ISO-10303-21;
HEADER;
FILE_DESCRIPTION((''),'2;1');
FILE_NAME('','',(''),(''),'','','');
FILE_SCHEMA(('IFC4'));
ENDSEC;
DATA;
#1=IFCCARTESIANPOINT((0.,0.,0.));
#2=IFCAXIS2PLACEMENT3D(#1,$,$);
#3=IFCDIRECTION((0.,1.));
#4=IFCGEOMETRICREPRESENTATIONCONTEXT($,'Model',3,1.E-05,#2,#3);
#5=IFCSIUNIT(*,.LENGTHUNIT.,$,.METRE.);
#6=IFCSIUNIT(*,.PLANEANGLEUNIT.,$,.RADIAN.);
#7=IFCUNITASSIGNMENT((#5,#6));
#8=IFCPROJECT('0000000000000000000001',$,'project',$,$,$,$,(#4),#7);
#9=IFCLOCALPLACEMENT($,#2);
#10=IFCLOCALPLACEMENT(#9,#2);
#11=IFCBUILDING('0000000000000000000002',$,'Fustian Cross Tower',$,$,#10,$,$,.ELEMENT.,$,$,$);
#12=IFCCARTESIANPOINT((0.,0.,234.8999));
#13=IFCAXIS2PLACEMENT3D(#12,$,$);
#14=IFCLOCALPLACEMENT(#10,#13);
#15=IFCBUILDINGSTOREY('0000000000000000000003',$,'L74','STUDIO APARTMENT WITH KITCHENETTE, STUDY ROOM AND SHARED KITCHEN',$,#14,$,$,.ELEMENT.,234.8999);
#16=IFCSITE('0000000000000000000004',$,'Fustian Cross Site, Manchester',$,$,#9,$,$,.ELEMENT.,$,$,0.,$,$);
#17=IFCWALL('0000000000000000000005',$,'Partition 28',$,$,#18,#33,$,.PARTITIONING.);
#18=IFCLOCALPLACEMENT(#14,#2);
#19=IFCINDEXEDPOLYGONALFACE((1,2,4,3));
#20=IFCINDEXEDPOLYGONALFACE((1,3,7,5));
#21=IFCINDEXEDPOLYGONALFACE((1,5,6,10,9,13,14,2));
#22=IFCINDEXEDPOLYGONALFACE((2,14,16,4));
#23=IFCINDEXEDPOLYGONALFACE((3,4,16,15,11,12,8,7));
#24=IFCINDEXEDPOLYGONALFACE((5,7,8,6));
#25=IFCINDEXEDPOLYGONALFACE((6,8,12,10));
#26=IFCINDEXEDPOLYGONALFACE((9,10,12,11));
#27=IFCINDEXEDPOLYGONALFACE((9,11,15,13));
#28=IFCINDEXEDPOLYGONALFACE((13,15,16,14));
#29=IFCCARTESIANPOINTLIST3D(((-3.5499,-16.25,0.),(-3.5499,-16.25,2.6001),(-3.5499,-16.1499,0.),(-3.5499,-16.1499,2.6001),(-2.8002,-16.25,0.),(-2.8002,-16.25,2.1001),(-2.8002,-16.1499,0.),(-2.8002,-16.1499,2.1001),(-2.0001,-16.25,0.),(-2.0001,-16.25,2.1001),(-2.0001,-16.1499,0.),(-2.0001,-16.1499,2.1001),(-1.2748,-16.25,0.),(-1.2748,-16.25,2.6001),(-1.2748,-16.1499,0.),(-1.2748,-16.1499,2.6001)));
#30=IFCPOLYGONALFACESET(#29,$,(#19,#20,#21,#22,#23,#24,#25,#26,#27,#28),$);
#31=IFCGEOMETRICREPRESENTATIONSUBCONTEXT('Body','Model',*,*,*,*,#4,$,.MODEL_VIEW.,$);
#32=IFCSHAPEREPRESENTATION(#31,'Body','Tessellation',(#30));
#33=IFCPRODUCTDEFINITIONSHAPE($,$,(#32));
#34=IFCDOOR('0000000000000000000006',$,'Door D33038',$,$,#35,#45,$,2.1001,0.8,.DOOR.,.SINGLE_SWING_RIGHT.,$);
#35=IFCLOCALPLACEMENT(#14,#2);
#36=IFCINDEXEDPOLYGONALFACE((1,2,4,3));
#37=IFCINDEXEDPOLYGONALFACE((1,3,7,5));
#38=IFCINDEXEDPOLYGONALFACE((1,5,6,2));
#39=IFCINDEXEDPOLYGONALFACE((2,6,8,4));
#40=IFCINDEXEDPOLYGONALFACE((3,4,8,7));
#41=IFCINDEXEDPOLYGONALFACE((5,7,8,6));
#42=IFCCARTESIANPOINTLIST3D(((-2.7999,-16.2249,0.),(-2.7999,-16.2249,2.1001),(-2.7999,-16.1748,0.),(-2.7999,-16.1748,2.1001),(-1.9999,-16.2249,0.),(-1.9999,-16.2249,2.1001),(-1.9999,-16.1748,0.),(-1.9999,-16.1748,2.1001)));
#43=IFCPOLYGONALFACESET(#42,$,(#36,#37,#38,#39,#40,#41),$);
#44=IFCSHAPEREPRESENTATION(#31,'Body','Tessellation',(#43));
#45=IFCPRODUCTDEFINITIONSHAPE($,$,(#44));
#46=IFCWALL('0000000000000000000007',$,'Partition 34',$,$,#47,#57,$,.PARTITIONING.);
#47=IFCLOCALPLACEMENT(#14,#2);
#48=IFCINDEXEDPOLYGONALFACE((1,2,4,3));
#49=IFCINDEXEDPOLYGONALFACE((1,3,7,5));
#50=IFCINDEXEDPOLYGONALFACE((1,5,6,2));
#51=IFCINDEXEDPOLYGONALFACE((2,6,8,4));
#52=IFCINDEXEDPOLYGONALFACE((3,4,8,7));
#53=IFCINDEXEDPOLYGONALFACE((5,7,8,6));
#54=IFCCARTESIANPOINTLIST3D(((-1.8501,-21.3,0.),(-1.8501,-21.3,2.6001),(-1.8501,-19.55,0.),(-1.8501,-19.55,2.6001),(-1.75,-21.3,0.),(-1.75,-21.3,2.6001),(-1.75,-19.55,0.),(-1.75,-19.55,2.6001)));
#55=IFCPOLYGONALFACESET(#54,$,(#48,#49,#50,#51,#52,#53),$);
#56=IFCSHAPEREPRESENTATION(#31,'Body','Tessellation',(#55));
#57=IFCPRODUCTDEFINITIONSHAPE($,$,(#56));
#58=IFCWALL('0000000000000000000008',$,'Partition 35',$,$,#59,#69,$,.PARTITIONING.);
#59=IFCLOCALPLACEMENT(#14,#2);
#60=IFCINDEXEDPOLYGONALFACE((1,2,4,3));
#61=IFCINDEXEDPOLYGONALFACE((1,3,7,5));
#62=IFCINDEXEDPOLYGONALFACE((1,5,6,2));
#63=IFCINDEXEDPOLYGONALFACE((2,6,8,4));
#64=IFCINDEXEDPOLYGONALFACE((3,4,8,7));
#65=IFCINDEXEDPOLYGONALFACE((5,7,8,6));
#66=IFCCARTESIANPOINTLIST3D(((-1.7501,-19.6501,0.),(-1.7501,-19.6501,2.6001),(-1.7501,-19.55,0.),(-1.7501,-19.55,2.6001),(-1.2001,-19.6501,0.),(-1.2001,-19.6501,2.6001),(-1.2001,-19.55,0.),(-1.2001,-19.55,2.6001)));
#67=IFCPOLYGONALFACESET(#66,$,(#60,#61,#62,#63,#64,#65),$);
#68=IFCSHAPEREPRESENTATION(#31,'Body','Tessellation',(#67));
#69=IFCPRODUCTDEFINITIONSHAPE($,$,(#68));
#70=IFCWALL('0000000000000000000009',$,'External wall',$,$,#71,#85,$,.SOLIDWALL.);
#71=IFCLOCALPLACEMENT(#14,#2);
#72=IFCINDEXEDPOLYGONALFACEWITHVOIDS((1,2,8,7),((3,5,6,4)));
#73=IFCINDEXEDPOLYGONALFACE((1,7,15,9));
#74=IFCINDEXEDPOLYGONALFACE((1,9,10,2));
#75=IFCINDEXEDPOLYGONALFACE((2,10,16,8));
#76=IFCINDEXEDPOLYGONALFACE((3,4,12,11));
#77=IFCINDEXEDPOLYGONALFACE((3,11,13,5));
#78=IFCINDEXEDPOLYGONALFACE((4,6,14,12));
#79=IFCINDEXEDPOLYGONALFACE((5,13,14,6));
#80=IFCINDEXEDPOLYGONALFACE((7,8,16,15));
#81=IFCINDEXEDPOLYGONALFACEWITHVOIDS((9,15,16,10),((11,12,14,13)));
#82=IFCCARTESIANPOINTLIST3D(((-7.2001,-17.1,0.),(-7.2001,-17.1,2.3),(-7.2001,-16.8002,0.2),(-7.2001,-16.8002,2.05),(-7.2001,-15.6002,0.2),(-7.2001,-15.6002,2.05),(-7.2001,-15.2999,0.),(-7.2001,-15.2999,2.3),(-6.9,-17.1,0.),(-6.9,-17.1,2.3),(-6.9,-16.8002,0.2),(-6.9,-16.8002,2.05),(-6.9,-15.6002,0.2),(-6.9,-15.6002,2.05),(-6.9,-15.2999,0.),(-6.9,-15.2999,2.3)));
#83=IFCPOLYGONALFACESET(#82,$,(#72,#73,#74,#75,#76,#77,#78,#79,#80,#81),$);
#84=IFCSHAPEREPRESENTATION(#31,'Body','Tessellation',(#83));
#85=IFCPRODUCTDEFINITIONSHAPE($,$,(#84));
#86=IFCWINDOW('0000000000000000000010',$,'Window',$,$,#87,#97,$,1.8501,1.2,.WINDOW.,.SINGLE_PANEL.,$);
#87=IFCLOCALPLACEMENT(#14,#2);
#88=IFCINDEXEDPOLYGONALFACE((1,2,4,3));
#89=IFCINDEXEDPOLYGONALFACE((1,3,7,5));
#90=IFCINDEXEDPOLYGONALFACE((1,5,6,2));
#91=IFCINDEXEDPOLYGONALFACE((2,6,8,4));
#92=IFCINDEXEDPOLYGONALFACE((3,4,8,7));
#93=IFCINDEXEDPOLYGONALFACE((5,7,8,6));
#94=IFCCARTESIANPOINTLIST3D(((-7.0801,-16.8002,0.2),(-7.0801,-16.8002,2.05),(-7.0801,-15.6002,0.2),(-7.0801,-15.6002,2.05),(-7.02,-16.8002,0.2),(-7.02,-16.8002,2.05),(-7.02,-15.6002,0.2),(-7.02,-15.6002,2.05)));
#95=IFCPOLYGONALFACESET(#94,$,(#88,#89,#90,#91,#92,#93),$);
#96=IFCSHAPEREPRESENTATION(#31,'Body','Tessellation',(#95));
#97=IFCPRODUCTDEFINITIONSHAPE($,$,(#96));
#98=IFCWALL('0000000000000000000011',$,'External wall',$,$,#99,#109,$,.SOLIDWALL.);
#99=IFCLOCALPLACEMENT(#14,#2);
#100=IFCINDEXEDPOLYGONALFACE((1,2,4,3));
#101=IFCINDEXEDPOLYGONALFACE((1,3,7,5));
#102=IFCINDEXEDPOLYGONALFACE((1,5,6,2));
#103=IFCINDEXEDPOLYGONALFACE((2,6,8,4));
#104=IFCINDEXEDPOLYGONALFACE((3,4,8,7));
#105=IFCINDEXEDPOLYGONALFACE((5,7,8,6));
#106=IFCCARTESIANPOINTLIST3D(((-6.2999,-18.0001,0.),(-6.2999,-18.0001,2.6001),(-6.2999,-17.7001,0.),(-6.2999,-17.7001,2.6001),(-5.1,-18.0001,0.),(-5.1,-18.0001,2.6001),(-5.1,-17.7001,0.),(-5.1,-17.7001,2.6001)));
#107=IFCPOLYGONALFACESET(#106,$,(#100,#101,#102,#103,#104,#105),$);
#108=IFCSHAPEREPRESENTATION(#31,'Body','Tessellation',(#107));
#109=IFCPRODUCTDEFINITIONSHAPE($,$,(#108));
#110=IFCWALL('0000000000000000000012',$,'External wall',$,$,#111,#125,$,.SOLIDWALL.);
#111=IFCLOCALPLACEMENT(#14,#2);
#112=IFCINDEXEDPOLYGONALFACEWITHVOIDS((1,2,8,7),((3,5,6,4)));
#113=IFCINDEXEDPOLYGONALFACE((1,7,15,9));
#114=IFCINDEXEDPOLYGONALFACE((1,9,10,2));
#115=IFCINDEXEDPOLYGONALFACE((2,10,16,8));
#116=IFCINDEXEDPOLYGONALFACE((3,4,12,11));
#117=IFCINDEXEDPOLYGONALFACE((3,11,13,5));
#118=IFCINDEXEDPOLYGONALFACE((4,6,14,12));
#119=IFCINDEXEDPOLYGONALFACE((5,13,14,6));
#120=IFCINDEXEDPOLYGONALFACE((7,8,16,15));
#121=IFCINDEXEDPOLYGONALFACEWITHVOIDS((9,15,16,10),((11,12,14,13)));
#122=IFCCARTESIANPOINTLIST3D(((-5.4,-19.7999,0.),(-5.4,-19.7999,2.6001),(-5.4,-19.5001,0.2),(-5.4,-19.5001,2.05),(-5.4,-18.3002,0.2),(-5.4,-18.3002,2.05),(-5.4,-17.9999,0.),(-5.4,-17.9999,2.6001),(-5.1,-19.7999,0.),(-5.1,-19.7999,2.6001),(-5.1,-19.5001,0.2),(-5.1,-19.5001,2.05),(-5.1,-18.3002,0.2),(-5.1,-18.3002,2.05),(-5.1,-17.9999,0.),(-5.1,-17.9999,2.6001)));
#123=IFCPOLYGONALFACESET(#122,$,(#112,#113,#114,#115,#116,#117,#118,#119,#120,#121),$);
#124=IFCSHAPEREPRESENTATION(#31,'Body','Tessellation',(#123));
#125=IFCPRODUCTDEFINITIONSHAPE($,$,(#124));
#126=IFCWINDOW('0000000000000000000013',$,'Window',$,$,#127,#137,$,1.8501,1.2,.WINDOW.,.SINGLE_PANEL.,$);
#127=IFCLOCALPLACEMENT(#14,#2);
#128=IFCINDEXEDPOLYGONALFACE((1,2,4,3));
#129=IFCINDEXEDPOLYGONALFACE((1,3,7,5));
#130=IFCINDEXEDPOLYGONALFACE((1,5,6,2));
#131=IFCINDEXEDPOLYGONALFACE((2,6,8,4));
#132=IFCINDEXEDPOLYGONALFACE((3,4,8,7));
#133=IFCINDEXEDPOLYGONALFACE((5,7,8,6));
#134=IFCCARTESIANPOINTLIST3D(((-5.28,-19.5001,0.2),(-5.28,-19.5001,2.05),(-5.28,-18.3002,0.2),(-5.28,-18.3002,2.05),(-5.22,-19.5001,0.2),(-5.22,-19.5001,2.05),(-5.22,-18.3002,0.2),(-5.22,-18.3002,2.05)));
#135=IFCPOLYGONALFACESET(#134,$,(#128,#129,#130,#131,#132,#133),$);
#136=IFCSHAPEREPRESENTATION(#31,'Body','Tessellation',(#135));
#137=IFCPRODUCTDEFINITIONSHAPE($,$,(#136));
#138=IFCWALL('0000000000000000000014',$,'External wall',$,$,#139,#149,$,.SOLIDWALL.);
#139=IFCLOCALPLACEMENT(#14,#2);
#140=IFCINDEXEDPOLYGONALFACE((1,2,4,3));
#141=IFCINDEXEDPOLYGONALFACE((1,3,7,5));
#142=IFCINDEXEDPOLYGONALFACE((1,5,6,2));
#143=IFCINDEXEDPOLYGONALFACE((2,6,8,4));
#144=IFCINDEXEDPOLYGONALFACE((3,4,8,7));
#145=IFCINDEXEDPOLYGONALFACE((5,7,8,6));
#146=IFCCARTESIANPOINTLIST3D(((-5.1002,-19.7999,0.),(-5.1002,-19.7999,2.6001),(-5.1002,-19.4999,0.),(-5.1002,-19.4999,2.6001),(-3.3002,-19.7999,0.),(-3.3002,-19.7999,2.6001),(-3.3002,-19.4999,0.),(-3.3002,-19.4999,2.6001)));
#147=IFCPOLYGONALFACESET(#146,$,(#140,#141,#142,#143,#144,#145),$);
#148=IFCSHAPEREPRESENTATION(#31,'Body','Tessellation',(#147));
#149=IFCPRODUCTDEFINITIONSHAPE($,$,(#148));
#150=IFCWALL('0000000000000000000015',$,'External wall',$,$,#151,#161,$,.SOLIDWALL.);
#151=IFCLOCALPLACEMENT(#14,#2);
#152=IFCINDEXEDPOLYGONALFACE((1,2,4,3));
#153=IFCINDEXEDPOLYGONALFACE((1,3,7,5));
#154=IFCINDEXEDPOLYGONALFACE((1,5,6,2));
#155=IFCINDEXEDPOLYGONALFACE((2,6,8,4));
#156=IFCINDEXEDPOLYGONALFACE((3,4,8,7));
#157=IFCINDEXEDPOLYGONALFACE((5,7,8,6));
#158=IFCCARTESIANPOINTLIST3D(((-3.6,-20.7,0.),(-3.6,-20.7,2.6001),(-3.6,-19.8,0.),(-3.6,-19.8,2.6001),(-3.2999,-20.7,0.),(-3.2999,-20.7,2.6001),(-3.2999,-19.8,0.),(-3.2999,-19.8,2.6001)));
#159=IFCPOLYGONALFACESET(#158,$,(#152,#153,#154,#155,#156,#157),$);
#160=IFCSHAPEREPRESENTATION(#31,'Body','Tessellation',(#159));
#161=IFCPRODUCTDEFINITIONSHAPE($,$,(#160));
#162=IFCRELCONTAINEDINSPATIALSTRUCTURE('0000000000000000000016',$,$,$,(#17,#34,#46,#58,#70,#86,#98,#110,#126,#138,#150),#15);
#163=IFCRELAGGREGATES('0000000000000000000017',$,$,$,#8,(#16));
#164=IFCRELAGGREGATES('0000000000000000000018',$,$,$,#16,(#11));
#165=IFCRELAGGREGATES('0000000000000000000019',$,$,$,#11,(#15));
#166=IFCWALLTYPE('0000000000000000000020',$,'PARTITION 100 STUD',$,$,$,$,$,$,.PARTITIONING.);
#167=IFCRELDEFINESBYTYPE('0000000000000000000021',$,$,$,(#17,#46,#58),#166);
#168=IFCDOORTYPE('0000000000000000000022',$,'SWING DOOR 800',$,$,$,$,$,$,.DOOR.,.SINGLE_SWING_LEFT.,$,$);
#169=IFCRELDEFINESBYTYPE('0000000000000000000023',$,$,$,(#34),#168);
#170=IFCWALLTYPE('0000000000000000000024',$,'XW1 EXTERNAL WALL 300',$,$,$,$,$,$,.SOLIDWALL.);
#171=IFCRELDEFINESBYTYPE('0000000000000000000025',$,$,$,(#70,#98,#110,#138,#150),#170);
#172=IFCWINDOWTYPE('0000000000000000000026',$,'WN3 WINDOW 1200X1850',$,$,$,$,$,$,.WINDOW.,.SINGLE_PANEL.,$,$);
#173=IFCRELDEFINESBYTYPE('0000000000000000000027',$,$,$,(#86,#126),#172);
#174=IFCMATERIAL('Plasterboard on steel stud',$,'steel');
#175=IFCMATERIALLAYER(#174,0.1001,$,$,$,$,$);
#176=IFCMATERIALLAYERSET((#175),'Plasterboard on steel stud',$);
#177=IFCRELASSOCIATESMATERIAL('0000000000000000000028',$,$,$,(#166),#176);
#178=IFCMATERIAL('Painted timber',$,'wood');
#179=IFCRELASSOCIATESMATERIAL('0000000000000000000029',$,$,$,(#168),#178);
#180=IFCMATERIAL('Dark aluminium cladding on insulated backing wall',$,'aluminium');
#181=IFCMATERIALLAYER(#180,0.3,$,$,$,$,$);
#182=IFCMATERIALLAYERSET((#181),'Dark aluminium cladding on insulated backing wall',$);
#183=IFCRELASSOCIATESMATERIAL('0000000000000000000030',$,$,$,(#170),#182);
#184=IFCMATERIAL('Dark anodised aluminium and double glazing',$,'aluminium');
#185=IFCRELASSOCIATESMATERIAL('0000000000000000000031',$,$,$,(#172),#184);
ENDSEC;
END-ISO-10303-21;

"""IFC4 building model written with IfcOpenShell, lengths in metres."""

from ifc_helpers import new_model, si_unit, direction, frame, frame_2d, origin, place, context, subcontext, project, spatial, rectangle, extrude, material, layer, layer_set, type_object, element, fill, save


model = new_model("IFC4")

# Units and contexts
model_context = context("Model", 3, precision=1e-05, world=origin(), true_north=direction((0.0, 1.0)))
body_context = subcontext(model_context, "Body", "Model", "MODEL_VIEW")
ifc_project = project(units=[si_unit("LENGTHUNIT", "METRE"), si_unit("PLANEANGLEUNIT", "RADIAN")], contexts=[model_context])

# Site, building, storey
site_placement = place(None, origin())
site = spatial("IfcSite", under=ifc_project, at=site_placement, Name="Fustian Cross Site, Manchester", CompositionType="ELEMENT", RefElevation=0.0)
building_placement = place(site_placement, origin())
building = spatial("IfcBuilding", under=site, at=building_placement, Name="Fustian Cross Tower", CompositionType="ELEMENT")
storey_placement = place(building_placement, frame((0.0, 0.0, 234.8999)))
storey = spatial("IfcBuildingStorey", under=building, at=storey_placement, Name="L74", Description="STUDIO APARTMENT WITH KITCHENETTE, STUDY ROOM AND SHARED KITCHEN", CompositionType="ELEMENT", Elevation=234.8999)

# Shared definitions
ifc_material_1 = material(Name="Plasterboard on steel stud", Category="steel")
ifc_layer_1 = layer(ifc_material_1, 0.1001)
ifc_layer_set_1 = layer_set([ifc_layer_1], Name="Plasterboard on steel stud")
wall_type_1 = type_object("IfcWallType", Name="PARTITION 100 STUD", PredefinedType="PARTITIONING", material=ifc_layer_set_1)

# Wall, opening, door
wall_1_placement = place(storey_placement, frame((-3.55, -16.2, 0.0), z_axis=(0.0, 0.0, 1.0), x_axis=(1.0, 0.0, 0.0)))
wall_1 = element("IfcWall", 1, at=wall_1_placement, inside=storey, type_object=wall_type_1, Name="Partition 28", PredefinedType="PARTITIONING", context=body_context, shape_type="SweptSolid", body=[
    extrude(rectangle(XDim=2.2751, YDim=0.1001, at=frame_2d((1.1377, 0.0))), origin(), (0.0, 0.0, 1.0), 2.6001),
])
opening_1_placement = place(wall_1_placement, frame((0.75, 0.0, 0.0)))
opening_1 = element("IfcOpeningElement", 2, at=opening_1_placement, cuts=wall_1, PredefinedType="OPENING", context=body_context, shape_type="SweptSolid", body=[
    extrude(rectangle(XDim=0.8, YDim=2.1001, at=frame_2d((0.3999, 1.05))), frame((0.0, 0.0601, 0.0), z_axis=(0.0, -1.0, 0.0), x_axis=(1.0, 0.0, 0.0)), (0.0, 0.0, 1.0), 0.1201),
])
ifc_material_2 = material(Name="Painted timber", Category="wood")
door_type_1 = type_object("IfcDoorType", Name="SWING DOOR 800", OperationType="SINGLE_SWING_LEFT", PredefinedType="DOOR", material=ifc_material_2)
door_1_placement = place(opening_1_placement, frame((0.8, 0.0, 0.0), z_axis=(0.0, 0.0, 1.0), x_axis=(-1.0, 0.0, 0.0)))
door_1 = element("IfcDoor", 3, at=door_1_placement, inside=storey, type_object=door_type_1, Name="Door D33038", OperationType="SINGLE_SWING_RIGHT", OverallHeight=2.1001, OverallWidth=0.8, PredefinedType="DOOR", context=body_context, shape_type="SweptSolid", body=[
    extrude(rectangle(XDim=0.8, YDim=2.1001, at=frame_2d((0.3999, 1.05))), frame((0.0, 0.0249, 0.0), z_axis=(0.0, -1.0, 0.0), x_axis=(1.0, 0.0, 0.0)), (0.0, 0.0, 1.0), 0.05),
])
fill(opening_1, door_1)

# Walls
wall_2_placement = place(storey_placement, frame((-1.8, -21.3, 0.0), z_axis=(0.0, 0.0, 1.0), x_axis=(0.0, 1.0, 0.0)))
element("IfcWall", 4, at=wall_2_placement, inside=storey, type_object=wall_type_1, Name="Partition 34", PredefinedType="PARTITIONING", context=body_context, shape_type="SweptSolid", body=[
    extrude(rectangle(XDim=1.75, YDim=0.1001, at=frame_2d((0.875, 0.0))), origin(), (0.0, 0.0, 1.0), 2.6001),
])
wall_3_placement = place(storey_placement, frame((-1.75, -19.6001, 0.0), z_axis=(0.0, 0.0, 1.0), x_axis=(1.0, 0.0, 0.0)))
element("IfcWall", 5, at=wall_3_placement, inside=storey, type_object=wall_type_1, Name="Partition 35", PredefinedType="PARTITIONING", context=body_context, shape_type="SweptSolid", body=[
    extrude(rectangle(XDim=0.55, YDim=0.1001, at=frame_2d((0.2749, 0.0))), origin(), (0.0, 0.0, 1.0), 2.6001),
])

# Wall, opening, window
ifc_material_3 = material(Name="Dark aluminium cladding on insulated backing wall", Category="aluminium")
ifc_layer_2 = layer(ifc_material_3, 0.3)
ifc_layer_set_2 = layer_set([ifc_layer_2], Name="Dark aluminium cladding on insulated backing wall")
wall_type_2 = type_object("IfcWallType", Name="XW1 EXTERNAL WALL 300", PredefinedType="SOLIDWALL", material=ifc_layer_set_2)
wall_4_placement = place(storey_placement, frame((-7.05, -15.3, 0.0), z_axis=(0.0, 0.0, 1.0), x_axis=(0.0, -1.0, 0.0)))
wall_4 = element("IfcWall", 6, at=wall_4_placement, inside=storey, type_object=wall_type_2, Name="External wall", PredefinedType="SOLIDWALL", context=body_context, shape_type="SweptSolid", body=[
    extrude(rectangle(XDim=1.8, YDim=0.3, at=frame_2d((0.8999, 0.0))), origin(), (0.0, 0.0, 1.0), 2.3),
])
opening_2_placement = place(wall_4_placement, frame((0.3, 0.0, 0.2)))
opening_2 = element("IfcOpeningElement", 7, at=opening_2_placement, cuts=wall_4, PredefinedType="OPENING", context=body_context, shape_type="SweptSolid", body=[
    extrude(rectangle(XDim=1.2, YDim=1.8501, at=frame_2d((0.6001, 0.925))), frame((0.0, 0.1599, 0.0), z_axis=(0.0, -1.0, 0.0), x_axis=(1.0, 0.0, 0.0)), (0.0, 0.0, 1.0), 0.3201),
])
ifc_material_4 = material(Name="Dark anodised aluminium and double glazing", Category="aluminium")
window_type_1 = type_object("IfcWindowType", Name="WN3 WINDOW 1200X1850", PartitioningType="SINGLE_PANEL", PredefinedType="WINDOW", material=ifc_material_4)
window_1_placement = place(opening_2_placement, origin())
window_1 = element("IfcWindow", 8, at=window_1_placement, inside=storey, type_object=window_type_1, Name="Window", OverallHeight=1.8501, OverallWidth=1.2, PartitioningType="SINGLE_PANEL", PredefinedType="WINDOW", context=body_context, shape_type="SweptSolid", body=[
    extrude(rectangle(XDim=1.2, YDim=1.8501, at=frame_2d((0.6001, 0.925))), frame((0.0, 0.03, 0.0), z_axis=(0.0, -1.0, 0.0), x_axis=(1.0, 0.0, 0.0)), (0.0, 0.0, 1.0), 0.0601),
])
fill(opening_2, window_1)

# Wall
wall_5_placement = place(storey_placement, frame((-6.3, -17.8501, 0.0), z_axis=(0.0, 0.0, 1.0), x_axis=(1.0, 0.0, 0.0)))
element("IfcWall", 9, at=wall_5_placement, inside=storey, type_object=wall_type_2, Name="External wall", PredefinedType="SOLIDWALL", context=body_context, shape_type="SweptSolid", body=[
    extrude(rectangle(XDim=1.2, YDim=0.3, at=frame_2d((0.6001, 0.0))), origin(), (0.0, 0.0, 1.0), 2.6001),
])

# Wall, opening, window
wall_6_placement = place(storey_placement, frame((-5.25, -18.0, 0.0), z_axis=(0.0, 0.0, 1.0), x_axis=(0.0, -1.0, 0.0)))
wall_6 = element("IfcWall", 10, at=wall_6_placement, inside=storey, type_object=wall_type_2, Name="External wall", PredefinedType="SOLIDWALL", context=body_context, shape_type="SweptSolid", body=[
    extrude(rectangle(XDim=1.8, YDim=0.3, at=frame_2d((0.8999, 0.0))), origin(), (0.0, 0.0, 1.0), 2.6001),
])
opening_3_placement = place(wall_6_placement, frame((0.3, 0.0, 0.2)))
opening_3 = element("IfcOpeningElement", 11, at=opening_3_placement, cuts=wall_6, PredefinedType="OPENING", context=body_context, shape_type="SweptSolid", body=[
    extrude(rectangle(XDim=1.2, YDim=1.8501, at=frame_2d((0.6001, 0.925))), frame((0.0, 0.1599, 0.0), z_axis=(0.0, -1.0, 0.0), x_axis=(1.0, 0.0, 0.0)), (0.0, 0.0, 1.0), 0.3201),
])
window_2_placement = place(opening_3_placement, origin())
window_2 = element("IfcWindow", 12, at=window_2_placement, inside=storey, type_object=window_type_1, Name="Window", OverallHeight=1.8501, OverallWidth=1.2, PartitioningType="SINGLE_PANEL", PredefinedType="WINDOW", context=body_context, shape_type="SweptSolid", body=[
    extrude(rectangle(XDim=1.2, YDim=1.8501, at=frame_2d((0.6001, 0.925))), frame((0.0, 0.03, 0.0), z_axis=(0.0, -1.0, 0.0), x_axis=(1.0, 0.0, 0.0)), (0.0, 0.0, 1.0), 0.0601),
])
fill(opening_3, window_2)

# Walls
wall_7_placement = place(storey_placement, frame((-5.1001, -19.6499, 0.0), z_axis=(0.0, 0.0, 1.0), x_axis=(1.0, 0.0, 0.0)))
element("IfcWall", 13, at=wall_7_placement, inside=storey, type_object=wall_type_2, Name="External wall", PredefinedType="SOLIDWALL", context=body_context, shape_type="SweptSolid", body=[
    extrude(rectangle(XDim=1.8, YDim=0.3, at=frame_2d((0.8999, 0.0))), origin(), (0.0, 0.0, 1.0), 2.6001),
])
wall_8_placement = place(storey_placement, frame((-3.45, -19.8, 0.0), z_axis=(0.0, 0.0, 1.0), x_axis=(0.0, -1.0, 0.0)))
element("IfcWall", 14, at=wall_8_placement, inside=storey, type_object=wall_type_2, Name="External wall", PredefinedType="SOLIDWALL", context=body_context, shape_type="SweptSolid", body=[
    extrude(rectangle(XDim=0.8999, YDim=0.3, at=frame_2d((0.45, 0.0))), origin(), (0.0, 0.0, 1.0), 2.6001),
])

save(model, "model.ifc")
